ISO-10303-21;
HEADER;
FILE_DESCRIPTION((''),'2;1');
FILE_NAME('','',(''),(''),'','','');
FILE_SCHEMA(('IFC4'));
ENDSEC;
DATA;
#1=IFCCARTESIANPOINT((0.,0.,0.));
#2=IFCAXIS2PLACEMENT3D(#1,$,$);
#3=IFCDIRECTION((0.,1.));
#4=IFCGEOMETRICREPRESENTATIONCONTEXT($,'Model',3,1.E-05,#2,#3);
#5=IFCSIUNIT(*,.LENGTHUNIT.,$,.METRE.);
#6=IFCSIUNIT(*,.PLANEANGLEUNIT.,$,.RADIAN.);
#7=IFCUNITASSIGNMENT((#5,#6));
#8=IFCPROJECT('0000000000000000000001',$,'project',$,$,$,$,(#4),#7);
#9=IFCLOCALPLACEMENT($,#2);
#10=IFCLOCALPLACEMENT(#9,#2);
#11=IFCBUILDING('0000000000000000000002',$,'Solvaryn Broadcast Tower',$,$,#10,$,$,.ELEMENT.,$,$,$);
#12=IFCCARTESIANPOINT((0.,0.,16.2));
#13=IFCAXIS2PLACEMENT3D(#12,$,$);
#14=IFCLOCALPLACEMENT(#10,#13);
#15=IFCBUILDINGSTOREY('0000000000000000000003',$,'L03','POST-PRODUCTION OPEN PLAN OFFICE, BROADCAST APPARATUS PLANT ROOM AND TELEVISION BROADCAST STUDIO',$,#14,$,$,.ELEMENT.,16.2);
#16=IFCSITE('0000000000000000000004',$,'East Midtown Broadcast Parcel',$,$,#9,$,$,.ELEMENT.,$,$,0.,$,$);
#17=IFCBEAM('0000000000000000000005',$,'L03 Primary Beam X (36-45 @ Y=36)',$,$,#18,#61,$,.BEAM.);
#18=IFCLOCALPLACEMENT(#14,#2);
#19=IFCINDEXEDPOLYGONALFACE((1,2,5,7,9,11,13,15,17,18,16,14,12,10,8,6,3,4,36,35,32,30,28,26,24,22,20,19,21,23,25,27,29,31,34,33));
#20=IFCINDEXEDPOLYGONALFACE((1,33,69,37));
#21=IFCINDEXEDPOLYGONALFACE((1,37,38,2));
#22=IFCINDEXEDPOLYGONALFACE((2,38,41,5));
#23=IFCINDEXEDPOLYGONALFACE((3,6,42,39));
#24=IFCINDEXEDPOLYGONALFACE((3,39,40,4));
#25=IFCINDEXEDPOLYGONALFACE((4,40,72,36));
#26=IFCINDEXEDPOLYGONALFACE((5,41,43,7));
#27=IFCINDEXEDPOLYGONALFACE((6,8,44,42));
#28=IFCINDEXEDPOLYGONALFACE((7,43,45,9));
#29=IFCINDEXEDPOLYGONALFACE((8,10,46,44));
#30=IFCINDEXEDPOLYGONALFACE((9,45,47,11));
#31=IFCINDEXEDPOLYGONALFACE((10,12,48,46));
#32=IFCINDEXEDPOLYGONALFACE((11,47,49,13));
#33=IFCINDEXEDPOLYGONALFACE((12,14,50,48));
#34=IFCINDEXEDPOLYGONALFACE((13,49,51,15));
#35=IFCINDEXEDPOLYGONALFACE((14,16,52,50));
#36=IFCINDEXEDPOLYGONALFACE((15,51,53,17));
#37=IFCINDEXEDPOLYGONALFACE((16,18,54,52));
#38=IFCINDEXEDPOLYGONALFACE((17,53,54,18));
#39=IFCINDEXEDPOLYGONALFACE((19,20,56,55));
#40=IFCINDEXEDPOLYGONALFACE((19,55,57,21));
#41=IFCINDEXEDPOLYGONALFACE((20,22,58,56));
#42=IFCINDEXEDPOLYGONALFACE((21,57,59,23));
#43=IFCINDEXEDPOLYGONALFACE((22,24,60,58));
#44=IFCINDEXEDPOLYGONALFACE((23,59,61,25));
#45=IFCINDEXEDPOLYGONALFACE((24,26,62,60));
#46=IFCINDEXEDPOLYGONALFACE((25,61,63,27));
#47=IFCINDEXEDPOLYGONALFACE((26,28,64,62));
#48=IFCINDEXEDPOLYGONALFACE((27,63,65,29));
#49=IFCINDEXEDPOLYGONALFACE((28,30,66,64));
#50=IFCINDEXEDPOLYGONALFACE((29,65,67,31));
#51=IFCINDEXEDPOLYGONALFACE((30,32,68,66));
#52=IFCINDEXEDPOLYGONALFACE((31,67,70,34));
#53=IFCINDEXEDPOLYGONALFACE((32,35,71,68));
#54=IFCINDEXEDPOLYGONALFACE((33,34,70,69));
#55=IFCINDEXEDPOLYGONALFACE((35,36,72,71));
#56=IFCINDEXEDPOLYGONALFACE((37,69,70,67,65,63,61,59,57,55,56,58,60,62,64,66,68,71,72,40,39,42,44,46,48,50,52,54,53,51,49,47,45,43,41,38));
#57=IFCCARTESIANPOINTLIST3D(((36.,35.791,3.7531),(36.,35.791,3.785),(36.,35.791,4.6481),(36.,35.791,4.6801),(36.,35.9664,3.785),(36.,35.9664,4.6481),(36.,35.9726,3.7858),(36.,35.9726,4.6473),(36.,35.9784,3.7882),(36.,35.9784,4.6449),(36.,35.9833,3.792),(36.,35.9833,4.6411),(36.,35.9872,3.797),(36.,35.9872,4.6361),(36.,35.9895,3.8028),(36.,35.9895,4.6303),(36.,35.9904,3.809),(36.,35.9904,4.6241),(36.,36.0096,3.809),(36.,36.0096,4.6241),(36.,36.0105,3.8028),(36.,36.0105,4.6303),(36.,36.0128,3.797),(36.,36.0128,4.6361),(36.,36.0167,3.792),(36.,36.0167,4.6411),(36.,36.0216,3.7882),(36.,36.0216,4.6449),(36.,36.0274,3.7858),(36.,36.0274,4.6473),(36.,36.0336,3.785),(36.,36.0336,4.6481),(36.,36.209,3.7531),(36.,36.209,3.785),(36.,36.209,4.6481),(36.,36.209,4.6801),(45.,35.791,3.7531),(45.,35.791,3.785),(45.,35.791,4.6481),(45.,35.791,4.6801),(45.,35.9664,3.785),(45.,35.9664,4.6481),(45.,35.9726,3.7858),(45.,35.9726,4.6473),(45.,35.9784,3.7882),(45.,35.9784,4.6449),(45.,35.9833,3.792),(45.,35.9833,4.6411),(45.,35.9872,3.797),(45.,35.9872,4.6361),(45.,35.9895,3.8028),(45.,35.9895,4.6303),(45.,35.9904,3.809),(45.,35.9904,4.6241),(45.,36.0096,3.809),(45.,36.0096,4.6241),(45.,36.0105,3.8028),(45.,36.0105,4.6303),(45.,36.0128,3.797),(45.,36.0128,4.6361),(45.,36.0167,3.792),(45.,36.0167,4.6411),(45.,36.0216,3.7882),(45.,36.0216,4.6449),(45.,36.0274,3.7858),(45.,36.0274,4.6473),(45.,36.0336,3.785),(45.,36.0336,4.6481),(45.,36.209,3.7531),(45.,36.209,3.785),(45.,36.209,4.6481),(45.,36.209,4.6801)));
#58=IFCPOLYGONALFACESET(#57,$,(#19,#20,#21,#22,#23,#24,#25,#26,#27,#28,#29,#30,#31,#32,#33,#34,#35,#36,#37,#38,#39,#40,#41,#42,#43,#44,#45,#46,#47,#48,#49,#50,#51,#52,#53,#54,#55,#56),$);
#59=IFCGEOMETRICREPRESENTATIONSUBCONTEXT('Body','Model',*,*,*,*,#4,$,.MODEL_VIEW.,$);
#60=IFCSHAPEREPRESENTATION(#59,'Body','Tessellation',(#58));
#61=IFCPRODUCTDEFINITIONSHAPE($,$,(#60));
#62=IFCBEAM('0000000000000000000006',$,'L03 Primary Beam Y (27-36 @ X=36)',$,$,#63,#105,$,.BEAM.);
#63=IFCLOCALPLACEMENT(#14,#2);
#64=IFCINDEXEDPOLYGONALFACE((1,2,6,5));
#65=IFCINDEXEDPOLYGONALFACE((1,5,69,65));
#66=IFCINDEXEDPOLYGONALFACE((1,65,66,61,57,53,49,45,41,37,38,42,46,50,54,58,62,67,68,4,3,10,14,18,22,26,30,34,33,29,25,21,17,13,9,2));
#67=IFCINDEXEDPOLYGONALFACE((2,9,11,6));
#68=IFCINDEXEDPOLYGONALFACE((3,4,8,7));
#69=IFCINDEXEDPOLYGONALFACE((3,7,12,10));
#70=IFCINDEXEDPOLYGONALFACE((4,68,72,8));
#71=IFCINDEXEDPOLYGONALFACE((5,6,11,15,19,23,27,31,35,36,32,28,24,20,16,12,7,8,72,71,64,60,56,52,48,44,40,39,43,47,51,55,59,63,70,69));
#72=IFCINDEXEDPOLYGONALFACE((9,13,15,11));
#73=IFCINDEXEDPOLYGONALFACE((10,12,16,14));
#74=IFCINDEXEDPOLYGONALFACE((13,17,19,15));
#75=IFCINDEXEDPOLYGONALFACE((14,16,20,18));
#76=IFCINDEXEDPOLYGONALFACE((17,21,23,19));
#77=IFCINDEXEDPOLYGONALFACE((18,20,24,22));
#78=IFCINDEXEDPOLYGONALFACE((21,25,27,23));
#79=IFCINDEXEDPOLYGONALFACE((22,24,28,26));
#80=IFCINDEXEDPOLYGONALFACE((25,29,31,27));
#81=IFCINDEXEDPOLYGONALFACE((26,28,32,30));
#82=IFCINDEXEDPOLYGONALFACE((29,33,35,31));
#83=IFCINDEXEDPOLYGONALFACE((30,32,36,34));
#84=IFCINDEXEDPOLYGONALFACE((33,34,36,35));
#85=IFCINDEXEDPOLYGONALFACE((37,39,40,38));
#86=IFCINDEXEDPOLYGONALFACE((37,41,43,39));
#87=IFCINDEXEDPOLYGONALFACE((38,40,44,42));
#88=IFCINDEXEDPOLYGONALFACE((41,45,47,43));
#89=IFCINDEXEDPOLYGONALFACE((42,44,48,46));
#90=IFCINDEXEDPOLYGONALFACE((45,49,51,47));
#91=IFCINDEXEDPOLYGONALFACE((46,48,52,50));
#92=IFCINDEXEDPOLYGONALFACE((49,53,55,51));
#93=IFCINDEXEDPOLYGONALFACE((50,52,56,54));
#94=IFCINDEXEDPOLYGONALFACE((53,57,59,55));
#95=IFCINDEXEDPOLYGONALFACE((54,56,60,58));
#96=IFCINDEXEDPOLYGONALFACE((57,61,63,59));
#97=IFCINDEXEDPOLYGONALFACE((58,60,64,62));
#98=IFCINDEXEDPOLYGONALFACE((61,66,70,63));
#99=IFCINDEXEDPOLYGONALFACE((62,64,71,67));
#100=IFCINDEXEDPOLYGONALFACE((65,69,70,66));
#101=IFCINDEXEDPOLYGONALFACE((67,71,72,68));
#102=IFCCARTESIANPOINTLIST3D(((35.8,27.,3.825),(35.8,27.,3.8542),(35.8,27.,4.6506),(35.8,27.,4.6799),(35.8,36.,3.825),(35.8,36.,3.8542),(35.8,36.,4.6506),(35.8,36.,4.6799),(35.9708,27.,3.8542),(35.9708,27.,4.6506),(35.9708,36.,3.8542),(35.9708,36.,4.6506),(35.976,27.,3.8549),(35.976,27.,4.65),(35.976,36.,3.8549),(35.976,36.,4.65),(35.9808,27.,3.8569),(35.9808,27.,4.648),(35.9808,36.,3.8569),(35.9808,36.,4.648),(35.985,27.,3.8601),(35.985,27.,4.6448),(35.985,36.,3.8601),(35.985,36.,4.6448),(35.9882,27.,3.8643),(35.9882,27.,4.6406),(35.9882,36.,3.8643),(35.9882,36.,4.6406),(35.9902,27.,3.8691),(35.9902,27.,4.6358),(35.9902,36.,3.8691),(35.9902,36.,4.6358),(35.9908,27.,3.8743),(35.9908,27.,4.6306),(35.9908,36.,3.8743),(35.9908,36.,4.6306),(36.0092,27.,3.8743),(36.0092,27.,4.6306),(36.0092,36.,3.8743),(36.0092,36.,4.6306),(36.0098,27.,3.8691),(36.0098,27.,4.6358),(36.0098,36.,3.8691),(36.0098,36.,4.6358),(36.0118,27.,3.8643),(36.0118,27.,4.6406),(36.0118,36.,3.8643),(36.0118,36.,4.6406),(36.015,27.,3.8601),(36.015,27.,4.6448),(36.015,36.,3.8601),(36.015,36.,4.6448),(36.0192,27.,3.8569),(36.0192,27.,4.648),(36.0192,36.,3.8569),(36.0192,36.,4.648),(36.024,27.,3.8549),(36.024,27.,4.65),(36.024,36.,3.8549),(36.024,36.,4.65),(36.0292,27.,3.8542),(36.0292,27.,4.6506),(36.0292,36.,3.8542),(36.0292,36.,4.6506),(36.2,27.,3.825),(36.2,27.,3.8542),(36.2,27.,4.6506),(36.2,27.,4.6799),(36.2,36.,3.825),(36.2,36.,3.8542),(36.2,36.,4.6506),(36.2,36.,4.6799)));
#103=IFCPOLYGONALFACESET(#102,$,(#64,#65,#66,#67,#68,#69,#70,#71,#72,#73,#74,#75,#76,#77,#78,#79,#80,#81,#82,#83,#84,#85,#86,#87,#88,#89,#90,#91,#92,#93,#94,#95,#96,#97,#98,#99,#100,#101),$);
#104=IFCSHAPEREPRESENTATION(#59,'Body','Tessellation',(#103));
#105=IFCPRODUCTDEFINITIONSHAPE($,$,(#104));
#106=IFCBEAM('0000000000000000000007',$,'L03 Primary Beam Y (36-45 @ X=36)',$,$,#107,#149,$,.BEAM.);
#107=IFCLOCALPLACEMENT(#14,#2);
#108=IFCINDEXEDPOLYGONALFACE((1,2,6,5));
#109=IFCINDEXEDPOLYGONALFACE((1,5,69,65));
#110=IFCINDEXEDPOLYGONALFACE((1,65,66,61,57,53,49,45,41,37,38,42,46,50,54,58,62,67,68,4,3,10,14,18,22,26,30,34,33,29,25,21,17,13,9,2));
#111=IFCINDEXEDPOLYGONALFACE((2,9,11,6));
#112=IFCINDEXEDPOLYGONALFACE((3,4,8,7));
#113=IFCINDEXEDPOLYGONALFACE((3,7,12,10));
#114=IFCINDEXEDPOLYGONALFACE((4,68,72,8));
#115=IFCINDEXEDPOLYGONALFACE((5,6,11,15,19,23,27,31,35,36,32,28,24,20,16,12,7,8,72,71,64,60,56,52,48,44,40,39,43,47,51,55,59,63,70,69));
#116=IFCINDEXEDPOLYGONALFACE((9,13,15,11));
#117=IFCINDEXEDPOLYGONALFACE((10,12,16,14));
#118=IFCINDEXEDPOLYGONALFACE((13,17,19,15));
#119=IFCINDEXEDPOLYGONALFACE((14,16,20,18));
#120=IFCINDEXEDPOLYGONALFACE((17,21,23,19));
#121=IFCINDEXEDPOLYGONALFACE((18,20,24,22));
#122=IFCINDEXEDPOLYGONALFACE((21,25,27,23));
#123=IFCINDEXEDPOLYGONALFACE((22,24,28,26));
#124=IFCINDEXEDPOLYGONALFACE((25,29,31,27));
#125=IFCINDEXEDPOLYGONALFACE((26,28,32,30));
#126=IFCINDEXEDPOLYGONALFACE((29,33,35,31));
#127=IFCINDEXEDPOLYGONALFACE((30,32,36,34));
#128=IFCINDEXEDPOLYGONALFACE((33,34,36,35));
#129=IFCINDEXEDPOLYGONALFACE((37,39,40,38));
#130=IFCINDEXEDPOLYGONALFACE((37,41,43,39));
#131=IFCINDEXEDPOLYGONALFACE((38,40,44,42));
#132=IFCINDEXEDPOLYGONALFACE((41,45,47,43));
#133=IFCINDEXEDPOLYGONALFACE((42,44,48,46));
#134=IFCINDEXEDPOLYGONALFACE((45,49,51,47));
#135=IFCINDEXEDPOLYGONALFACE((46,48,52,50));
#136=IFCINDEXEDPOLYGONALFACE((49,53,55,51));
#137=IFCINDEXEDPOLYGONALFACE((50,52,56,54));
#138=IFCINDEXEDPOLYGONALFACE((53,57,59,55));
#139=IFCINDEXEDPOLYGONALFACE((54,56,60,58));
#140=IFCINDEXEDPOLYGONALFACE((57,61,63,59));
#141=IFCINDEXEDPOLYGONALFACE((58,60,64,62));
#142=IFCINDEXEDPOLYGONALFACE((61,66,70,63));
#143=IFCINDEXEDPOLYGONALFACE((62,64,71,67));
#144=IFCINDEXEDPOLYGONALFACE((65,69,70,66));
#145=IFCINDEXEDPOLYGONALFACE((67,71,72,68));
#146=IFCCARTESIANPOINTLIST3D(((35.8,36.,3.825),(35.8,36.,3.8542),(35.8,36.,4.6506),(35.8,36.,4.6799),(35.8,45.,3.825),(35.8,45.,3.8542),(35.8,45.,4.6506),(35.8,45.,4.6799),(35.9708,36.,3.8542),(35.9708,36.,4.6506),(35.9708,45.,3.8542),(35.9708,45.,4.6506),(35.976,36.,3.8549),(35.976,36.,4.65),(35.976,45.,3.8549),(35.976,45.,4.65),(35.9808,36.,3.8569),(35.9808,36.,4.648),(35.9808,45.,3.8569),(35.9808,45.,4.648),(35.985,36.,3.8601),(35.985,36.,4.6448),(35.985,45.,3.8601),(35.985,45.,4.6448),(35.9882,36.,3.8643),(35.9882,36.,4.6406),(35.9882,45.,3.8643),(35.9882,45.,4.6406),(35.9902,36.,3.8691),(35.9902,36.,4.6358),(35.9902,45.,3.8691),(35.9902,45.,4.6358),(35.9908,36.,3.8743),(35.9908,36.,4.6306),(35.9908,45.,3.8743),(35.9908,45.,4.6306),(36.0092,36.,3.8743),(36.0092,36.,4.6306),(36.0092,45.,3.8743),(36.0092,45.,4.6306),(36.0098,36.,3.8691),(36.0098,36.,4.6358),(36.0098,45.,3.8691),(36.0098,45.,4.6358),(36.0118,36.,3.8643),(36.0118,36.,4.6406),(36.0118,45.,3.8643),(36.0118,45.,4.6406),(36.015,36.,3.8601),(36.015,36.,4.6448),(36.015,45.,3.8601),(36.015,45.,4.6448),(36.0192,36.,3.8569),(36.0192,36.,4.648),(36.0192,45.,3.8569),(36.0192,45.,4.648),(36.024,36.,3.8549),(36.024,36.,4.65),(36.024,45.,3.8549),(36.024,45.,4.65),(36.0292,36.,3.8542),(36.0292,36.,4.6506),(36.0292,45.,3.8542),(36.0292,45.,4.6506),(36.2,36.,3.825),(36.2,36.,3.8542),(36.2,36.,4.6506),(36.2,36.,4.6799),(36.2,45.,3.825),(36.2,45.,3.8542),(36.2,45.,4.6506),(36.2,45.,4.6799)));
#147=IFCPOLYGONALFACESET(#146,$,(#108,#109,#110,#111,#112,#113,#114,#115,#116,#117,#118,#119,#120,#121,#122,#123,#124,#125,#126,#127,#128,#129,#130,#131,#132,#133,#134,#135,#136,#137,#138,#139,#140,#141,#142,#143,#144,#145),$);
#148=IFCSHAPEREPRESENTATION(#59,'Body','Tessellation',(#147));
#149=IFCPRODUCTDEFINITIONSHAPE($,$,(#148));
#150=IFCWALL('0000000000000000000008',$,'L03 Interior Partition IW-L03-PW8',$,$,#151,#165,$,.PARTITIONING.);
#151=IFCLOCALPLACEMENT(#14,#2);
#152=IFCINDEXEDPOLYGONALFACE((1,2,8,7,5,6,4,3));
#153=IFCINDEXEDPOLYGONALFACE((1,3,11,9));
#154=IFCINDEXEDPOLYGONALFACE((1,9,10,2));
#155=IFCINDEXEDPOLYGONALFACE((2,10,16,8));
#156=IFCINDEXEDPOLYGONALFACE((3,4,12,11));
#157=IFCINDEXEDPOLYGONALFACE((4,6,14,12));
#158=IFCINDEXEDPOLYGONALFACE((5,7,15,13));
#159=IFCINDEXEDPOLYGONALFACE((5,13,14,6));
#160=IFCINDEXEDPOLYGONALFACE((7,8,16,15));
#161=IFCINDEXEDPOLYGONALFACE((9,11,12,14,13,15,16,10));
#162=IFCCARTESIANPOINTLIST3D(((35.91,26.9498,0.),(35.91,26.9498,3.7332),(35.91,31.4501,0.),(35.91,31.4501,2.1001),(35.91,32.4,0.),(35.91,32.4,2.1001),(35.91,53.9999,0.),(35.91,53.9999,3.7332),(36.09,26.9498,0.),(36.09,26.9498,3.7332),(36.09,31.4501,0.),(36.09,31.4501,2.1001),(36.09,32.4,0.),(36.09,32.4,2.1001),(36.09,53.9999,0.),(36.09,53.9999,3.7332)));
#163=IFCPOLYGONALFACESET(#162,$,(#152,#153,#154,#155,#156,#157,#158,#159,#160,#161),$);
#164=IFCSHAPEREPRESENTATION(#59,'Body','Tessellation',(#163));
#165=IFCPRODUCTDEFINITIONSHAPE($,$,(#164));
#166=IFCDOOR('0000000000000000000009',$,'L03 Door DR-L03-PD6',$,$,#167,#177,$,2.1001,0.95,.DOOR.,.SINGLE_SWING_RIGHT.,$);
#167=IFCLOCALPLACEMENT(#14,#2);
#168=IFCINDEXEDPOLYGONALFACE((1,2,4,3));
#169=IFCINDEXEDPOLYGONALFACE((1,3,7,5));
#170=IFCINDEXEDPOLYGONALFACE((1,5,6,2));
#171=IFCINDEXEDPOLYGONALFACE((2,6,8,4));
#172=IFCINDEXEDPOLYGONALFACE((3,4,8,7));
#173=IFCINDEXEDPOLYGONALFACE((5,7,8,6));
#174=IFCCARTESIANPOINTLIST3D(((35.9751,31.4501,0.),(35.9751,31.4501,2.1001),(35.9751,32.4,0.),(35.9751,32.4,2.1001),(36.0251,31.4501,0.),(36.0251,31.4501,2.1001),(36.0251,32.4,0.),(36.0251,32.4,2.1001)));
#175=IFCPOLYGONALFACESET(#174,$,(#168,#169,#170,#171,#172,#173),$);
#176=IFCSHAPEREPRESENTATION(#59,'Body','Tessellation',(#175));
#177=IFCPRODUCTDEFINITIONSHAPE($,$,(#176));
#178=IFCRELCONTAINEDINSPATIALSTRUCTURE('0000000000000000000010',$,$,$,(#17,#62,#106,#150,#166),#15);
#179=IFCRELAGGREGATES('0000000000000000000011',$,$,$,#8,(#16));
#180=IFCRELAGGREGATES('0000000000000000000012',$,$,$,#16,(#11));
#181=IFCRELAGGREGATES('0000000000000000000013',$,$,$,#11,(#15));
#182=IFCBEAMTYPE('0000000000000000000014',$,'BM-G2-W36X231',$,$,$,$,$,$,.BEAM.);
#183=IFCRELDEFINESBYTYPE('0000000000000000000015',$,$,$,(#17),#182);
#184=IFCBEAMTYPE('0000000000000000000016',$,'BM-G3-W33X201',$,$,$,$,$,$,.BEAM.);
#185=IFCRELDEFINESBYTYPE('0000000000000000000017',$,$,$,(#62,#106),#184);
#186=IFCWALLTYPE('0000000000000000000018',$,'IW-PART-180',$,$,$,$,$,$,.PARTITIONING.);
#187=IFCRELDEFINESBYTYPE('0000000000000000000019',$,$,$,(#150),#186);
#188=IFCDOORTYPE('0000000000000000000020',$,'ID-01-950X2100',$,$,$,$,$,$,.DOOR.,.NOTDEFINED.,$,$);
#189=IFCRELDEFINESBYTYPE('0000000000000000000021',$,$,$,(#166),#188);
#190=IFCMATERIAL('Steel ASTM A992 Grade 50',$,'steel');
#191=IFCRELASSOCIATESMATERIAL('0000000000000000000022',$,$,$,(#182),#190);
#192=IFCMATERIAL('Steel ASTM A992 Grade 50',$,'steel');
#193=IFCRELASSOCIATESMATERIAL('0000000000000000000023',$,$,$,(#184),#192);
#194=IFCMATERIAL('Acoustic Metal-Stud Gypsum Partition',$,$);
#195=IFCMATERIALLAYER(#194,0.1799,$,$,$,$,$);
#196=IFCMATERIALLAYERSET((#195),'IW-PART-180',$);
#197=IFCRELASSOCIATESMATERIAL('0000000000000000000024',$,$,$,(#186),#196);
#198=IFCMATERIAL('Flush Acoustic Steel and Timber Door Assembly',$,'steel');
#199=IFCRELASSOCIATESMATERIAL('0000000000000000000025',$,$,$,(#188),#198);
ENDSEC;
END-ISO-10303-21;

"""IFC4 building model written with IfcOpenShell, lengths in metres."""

from ifc_helpers import new_model, si_unit, direction, frame, frame_2d, origin, origin_2d, place, context, subcontext, project, spatial, rectangle, i_section, extrude, material, layer, layer_set, material_profile, profile_set, type_object, element, fill, save


model = new_model("IFC4")

# Units and contexts
model_context = context("Model", 3, precision=1e-05, world=origin(), true_north=direction((0.0, 1.0)))
body_context = subcontext(model_context, "Body", "Model", "MODEL_VIEW")
ifc_project = project(units=[si_unit("LENGTHUNIT", "METRE"), si_unit("PLANEANGLEUNIT", "RADIAN")], contexts=[model_context])

# Site, building, storey
site_placement = place(None, origin())
site = spatial("IfcSite", under=ifc_project, at=site_placement, Name="East Midtown Broadcast Parcel", CompositionType="ELEMENT", RefElevation=0.0)
building_placement = place(site_placement, origin())
building = spatial("IfcBuilding", under=site, at=building_placement, Name="Solvaryn Broadcast Tower", CompositionType="ELEMENT")
storey_placement = place(building_placement, frame((0.0, 0.0, 16.2)))
storey = spatial("IfcBuildingStorey", under=building, at=storey_placement, Name="L03", Description="POST-PRODUCTION OPEN PLAN OFFICE, BROADCAST APPARATUS PLANT ROOM AND TELEVISION BROADCAST STUDIO", CompositionType="ELEMENT", Elevation=16.2)

# Beams
ifc_material_1 = material(Name="Steel ASTM A992 Grade 50", Category="steel")
ifc_material_profile_1 = material_profile(ifc_material_1, i_section(OverallWidth=0.418, OverallDepth=0.927, WebThickness=0.0193, FlangeThickness=0.032, FilletRadius=0.0239, at=origin_2d()))
ifc_profile_set_1 = profile_set([ifc_material_profile_1], Name="Steel ASTM A992 Grade 50")
beam_type_1 = type_object("IfcBeamType", Name="BM-G2-W36X231", PredefinedType="BEAM", material=ifc_profile_set_1)
for number, where, z_axis, x_axis, name in (
    (1, (36.0, 36.0, 4.2166), (1.0, 0.0, 0.0), (0.0, 1.0, 0.0), "L03 Primary Beam X (36-45 @ Y=36)"),
):
    element("IfcBeam", number, at=place(storey_placement, frame(where, z_axis=z_axis, x_axis=x_axis)), inside=storey, type_object=beam_type_1, Name=name, PredefinedType="BEAM", context=body_context, shape_type="SweptSolid", body=[
        extrude(i_section(OverallWidth=0.418, OverallDepth=0.927, WebThickness=0.0193, FlangeThickness=0.032, FilletRadius=0.0239, at=origin_2d()), origin(), (0.0, 0.0, 1.0), 9.0),
    ])
ifc_material_2 = material(Name="Steel ASTM A992 Grade 50", Category="steel")
ifc_material_profile_2 = material_profile(ifc_material_2, i_section(OverallWidth=0.3999, OverallDepth=0.855, WebThickness=0.0183, FlangeThickness=0.0293, FilletRadius=0.02, at=origin_2d()))
ifc_profile_set_2 = profile_set([ifc_material_profile_2], Name="Steel ASTM A992 Grade 50")
beam_type_2 = type_object("IfcBeamType", Name="BM-G3-W33X201", PredefinedType="BEAM", material=ifc_profile_set_2)
for number, where, z_axis, x_axis, name in (
    (2, (36.0, 27.0, 4.2524), (0.0, 1.0, 0.0), (-1.0, 0.0, 0.0), "L03 Primary Beam Y (27-36 @ X=36)"),
    (3, (36.0, 36.0, 4.2524), (0.0, 1.0, 0.0), (-1.0, 0.0, 0.0), "L03 Primary Beam Y (36-45 @ X=36)"),
):
    element("IfcBeam", number, at=place(storey_placement, frame(where, z_axis=z_axis, x_axis=x_axis)), inside=storey, type_object=beam_type_2, Name=name, PredefinedType="BEAM", context=body_context, shape_type="SweptSolid", body=[
        extrude(i_section(OverallWidth=0.3999, OverallDepth=0.855, WebThickness=0.0183, FlangeThickness=0.0293, FilletRadius=0.02, at=origin_2d()), origin(), (0.0, 0.0, 1.0), 9.0),
    ])

# Wall, opening, door
ifc_material_3 = material(Name="Acoustic Metal-Stud Gypsum Partition")
ifc_layer_1 = layer(ifc_material_3, 0.1799)
ifc_layer_set_1 = layer_set([ifc_layer_1], Name="IW-PART-180")
wall_type_1 = type_object("IfcWallType", Name="IW-PART-180", PredefinedType="PARTITIONING", material=ifc_layer_set_1)
wall_1_placement = place(storey_placement, frame((36.0, 26.95, 0.0), z_axis=(0.0, 0.0, 1.0), x_axis=(0.0, 1.0, 0.0)))
wall_1 = element("IfcWall", 4, at=wall_1_placement, inside=storey, type_object=wall_type_1, Name="L03 Interior Partition IW-L03-PW8", PredefinedType="PARTITIONING", context=body_context, shape_type="SweptSolid", body=[
    extrude(rectangle(XDim=27.05, YDim=0.1799, at=frame_2d((13.5249, 0.0))), origin(), (0.0, 0.0, 1.0), 3.7332),
])
opening_1_placement = place(wall_1_placement, frame((4.5, 0.0, 0.0)))
opening_1 = element("IfcOpeningElement", 5, at=opening_1_placement, cuts=wall_1, PredefinedType="OPENING", context=body_context, shape_type="SweptSolid", body=[
    extrude(rectangle(XDim=0.95, YDim=2.1001, at=frame_2d((0.4751, 1.05))), frame((0.0, 0.0999, 0.0), z_axis=(0.0, -1.0, 0.0), x_axis=(1.0, 0.0, 0.0)), (0.0, 0.0, 1.0), 0.2),
])
ifc_material_4 = material(Name="Flush Acoustic Steel and Timber Door Assembly", Category="steel")
door_type_1 = type_object("IfcDoorType", Name="ID-01-950X2100", OperationType="NOTDEFINED", PredefinedType="DOOR", material=ifc_material_4)
door_1_placement = place(opening_1_placement, origin())
door_1 = element("IfcDoor", 6, at=door_1_placement, inside=storey, type_object=door_type_1, Name="L03 Door DR-L03-PD6", OperationType="SINGLE_SWING_RIGHT", OverallHeight=2.1001, OverallWidth=0.95, PredefinedType="DOOR", context=body_context, shape_type="SweptSolid", body=[
    extrude(rectangle(XDim=0.95, YDim=2.1001, at=frame_2d((0.4751, 1.05))), frame((0.0, 0.0249, 0.0), z_axis=(0.0, -1.0, 0.0), x_axis=(1.0, 0.0, 0.0)), (0.0, 0.0, 1.0), 0.05),
])
fill(opening_1, door_1)

save(model, "model.ifc")
